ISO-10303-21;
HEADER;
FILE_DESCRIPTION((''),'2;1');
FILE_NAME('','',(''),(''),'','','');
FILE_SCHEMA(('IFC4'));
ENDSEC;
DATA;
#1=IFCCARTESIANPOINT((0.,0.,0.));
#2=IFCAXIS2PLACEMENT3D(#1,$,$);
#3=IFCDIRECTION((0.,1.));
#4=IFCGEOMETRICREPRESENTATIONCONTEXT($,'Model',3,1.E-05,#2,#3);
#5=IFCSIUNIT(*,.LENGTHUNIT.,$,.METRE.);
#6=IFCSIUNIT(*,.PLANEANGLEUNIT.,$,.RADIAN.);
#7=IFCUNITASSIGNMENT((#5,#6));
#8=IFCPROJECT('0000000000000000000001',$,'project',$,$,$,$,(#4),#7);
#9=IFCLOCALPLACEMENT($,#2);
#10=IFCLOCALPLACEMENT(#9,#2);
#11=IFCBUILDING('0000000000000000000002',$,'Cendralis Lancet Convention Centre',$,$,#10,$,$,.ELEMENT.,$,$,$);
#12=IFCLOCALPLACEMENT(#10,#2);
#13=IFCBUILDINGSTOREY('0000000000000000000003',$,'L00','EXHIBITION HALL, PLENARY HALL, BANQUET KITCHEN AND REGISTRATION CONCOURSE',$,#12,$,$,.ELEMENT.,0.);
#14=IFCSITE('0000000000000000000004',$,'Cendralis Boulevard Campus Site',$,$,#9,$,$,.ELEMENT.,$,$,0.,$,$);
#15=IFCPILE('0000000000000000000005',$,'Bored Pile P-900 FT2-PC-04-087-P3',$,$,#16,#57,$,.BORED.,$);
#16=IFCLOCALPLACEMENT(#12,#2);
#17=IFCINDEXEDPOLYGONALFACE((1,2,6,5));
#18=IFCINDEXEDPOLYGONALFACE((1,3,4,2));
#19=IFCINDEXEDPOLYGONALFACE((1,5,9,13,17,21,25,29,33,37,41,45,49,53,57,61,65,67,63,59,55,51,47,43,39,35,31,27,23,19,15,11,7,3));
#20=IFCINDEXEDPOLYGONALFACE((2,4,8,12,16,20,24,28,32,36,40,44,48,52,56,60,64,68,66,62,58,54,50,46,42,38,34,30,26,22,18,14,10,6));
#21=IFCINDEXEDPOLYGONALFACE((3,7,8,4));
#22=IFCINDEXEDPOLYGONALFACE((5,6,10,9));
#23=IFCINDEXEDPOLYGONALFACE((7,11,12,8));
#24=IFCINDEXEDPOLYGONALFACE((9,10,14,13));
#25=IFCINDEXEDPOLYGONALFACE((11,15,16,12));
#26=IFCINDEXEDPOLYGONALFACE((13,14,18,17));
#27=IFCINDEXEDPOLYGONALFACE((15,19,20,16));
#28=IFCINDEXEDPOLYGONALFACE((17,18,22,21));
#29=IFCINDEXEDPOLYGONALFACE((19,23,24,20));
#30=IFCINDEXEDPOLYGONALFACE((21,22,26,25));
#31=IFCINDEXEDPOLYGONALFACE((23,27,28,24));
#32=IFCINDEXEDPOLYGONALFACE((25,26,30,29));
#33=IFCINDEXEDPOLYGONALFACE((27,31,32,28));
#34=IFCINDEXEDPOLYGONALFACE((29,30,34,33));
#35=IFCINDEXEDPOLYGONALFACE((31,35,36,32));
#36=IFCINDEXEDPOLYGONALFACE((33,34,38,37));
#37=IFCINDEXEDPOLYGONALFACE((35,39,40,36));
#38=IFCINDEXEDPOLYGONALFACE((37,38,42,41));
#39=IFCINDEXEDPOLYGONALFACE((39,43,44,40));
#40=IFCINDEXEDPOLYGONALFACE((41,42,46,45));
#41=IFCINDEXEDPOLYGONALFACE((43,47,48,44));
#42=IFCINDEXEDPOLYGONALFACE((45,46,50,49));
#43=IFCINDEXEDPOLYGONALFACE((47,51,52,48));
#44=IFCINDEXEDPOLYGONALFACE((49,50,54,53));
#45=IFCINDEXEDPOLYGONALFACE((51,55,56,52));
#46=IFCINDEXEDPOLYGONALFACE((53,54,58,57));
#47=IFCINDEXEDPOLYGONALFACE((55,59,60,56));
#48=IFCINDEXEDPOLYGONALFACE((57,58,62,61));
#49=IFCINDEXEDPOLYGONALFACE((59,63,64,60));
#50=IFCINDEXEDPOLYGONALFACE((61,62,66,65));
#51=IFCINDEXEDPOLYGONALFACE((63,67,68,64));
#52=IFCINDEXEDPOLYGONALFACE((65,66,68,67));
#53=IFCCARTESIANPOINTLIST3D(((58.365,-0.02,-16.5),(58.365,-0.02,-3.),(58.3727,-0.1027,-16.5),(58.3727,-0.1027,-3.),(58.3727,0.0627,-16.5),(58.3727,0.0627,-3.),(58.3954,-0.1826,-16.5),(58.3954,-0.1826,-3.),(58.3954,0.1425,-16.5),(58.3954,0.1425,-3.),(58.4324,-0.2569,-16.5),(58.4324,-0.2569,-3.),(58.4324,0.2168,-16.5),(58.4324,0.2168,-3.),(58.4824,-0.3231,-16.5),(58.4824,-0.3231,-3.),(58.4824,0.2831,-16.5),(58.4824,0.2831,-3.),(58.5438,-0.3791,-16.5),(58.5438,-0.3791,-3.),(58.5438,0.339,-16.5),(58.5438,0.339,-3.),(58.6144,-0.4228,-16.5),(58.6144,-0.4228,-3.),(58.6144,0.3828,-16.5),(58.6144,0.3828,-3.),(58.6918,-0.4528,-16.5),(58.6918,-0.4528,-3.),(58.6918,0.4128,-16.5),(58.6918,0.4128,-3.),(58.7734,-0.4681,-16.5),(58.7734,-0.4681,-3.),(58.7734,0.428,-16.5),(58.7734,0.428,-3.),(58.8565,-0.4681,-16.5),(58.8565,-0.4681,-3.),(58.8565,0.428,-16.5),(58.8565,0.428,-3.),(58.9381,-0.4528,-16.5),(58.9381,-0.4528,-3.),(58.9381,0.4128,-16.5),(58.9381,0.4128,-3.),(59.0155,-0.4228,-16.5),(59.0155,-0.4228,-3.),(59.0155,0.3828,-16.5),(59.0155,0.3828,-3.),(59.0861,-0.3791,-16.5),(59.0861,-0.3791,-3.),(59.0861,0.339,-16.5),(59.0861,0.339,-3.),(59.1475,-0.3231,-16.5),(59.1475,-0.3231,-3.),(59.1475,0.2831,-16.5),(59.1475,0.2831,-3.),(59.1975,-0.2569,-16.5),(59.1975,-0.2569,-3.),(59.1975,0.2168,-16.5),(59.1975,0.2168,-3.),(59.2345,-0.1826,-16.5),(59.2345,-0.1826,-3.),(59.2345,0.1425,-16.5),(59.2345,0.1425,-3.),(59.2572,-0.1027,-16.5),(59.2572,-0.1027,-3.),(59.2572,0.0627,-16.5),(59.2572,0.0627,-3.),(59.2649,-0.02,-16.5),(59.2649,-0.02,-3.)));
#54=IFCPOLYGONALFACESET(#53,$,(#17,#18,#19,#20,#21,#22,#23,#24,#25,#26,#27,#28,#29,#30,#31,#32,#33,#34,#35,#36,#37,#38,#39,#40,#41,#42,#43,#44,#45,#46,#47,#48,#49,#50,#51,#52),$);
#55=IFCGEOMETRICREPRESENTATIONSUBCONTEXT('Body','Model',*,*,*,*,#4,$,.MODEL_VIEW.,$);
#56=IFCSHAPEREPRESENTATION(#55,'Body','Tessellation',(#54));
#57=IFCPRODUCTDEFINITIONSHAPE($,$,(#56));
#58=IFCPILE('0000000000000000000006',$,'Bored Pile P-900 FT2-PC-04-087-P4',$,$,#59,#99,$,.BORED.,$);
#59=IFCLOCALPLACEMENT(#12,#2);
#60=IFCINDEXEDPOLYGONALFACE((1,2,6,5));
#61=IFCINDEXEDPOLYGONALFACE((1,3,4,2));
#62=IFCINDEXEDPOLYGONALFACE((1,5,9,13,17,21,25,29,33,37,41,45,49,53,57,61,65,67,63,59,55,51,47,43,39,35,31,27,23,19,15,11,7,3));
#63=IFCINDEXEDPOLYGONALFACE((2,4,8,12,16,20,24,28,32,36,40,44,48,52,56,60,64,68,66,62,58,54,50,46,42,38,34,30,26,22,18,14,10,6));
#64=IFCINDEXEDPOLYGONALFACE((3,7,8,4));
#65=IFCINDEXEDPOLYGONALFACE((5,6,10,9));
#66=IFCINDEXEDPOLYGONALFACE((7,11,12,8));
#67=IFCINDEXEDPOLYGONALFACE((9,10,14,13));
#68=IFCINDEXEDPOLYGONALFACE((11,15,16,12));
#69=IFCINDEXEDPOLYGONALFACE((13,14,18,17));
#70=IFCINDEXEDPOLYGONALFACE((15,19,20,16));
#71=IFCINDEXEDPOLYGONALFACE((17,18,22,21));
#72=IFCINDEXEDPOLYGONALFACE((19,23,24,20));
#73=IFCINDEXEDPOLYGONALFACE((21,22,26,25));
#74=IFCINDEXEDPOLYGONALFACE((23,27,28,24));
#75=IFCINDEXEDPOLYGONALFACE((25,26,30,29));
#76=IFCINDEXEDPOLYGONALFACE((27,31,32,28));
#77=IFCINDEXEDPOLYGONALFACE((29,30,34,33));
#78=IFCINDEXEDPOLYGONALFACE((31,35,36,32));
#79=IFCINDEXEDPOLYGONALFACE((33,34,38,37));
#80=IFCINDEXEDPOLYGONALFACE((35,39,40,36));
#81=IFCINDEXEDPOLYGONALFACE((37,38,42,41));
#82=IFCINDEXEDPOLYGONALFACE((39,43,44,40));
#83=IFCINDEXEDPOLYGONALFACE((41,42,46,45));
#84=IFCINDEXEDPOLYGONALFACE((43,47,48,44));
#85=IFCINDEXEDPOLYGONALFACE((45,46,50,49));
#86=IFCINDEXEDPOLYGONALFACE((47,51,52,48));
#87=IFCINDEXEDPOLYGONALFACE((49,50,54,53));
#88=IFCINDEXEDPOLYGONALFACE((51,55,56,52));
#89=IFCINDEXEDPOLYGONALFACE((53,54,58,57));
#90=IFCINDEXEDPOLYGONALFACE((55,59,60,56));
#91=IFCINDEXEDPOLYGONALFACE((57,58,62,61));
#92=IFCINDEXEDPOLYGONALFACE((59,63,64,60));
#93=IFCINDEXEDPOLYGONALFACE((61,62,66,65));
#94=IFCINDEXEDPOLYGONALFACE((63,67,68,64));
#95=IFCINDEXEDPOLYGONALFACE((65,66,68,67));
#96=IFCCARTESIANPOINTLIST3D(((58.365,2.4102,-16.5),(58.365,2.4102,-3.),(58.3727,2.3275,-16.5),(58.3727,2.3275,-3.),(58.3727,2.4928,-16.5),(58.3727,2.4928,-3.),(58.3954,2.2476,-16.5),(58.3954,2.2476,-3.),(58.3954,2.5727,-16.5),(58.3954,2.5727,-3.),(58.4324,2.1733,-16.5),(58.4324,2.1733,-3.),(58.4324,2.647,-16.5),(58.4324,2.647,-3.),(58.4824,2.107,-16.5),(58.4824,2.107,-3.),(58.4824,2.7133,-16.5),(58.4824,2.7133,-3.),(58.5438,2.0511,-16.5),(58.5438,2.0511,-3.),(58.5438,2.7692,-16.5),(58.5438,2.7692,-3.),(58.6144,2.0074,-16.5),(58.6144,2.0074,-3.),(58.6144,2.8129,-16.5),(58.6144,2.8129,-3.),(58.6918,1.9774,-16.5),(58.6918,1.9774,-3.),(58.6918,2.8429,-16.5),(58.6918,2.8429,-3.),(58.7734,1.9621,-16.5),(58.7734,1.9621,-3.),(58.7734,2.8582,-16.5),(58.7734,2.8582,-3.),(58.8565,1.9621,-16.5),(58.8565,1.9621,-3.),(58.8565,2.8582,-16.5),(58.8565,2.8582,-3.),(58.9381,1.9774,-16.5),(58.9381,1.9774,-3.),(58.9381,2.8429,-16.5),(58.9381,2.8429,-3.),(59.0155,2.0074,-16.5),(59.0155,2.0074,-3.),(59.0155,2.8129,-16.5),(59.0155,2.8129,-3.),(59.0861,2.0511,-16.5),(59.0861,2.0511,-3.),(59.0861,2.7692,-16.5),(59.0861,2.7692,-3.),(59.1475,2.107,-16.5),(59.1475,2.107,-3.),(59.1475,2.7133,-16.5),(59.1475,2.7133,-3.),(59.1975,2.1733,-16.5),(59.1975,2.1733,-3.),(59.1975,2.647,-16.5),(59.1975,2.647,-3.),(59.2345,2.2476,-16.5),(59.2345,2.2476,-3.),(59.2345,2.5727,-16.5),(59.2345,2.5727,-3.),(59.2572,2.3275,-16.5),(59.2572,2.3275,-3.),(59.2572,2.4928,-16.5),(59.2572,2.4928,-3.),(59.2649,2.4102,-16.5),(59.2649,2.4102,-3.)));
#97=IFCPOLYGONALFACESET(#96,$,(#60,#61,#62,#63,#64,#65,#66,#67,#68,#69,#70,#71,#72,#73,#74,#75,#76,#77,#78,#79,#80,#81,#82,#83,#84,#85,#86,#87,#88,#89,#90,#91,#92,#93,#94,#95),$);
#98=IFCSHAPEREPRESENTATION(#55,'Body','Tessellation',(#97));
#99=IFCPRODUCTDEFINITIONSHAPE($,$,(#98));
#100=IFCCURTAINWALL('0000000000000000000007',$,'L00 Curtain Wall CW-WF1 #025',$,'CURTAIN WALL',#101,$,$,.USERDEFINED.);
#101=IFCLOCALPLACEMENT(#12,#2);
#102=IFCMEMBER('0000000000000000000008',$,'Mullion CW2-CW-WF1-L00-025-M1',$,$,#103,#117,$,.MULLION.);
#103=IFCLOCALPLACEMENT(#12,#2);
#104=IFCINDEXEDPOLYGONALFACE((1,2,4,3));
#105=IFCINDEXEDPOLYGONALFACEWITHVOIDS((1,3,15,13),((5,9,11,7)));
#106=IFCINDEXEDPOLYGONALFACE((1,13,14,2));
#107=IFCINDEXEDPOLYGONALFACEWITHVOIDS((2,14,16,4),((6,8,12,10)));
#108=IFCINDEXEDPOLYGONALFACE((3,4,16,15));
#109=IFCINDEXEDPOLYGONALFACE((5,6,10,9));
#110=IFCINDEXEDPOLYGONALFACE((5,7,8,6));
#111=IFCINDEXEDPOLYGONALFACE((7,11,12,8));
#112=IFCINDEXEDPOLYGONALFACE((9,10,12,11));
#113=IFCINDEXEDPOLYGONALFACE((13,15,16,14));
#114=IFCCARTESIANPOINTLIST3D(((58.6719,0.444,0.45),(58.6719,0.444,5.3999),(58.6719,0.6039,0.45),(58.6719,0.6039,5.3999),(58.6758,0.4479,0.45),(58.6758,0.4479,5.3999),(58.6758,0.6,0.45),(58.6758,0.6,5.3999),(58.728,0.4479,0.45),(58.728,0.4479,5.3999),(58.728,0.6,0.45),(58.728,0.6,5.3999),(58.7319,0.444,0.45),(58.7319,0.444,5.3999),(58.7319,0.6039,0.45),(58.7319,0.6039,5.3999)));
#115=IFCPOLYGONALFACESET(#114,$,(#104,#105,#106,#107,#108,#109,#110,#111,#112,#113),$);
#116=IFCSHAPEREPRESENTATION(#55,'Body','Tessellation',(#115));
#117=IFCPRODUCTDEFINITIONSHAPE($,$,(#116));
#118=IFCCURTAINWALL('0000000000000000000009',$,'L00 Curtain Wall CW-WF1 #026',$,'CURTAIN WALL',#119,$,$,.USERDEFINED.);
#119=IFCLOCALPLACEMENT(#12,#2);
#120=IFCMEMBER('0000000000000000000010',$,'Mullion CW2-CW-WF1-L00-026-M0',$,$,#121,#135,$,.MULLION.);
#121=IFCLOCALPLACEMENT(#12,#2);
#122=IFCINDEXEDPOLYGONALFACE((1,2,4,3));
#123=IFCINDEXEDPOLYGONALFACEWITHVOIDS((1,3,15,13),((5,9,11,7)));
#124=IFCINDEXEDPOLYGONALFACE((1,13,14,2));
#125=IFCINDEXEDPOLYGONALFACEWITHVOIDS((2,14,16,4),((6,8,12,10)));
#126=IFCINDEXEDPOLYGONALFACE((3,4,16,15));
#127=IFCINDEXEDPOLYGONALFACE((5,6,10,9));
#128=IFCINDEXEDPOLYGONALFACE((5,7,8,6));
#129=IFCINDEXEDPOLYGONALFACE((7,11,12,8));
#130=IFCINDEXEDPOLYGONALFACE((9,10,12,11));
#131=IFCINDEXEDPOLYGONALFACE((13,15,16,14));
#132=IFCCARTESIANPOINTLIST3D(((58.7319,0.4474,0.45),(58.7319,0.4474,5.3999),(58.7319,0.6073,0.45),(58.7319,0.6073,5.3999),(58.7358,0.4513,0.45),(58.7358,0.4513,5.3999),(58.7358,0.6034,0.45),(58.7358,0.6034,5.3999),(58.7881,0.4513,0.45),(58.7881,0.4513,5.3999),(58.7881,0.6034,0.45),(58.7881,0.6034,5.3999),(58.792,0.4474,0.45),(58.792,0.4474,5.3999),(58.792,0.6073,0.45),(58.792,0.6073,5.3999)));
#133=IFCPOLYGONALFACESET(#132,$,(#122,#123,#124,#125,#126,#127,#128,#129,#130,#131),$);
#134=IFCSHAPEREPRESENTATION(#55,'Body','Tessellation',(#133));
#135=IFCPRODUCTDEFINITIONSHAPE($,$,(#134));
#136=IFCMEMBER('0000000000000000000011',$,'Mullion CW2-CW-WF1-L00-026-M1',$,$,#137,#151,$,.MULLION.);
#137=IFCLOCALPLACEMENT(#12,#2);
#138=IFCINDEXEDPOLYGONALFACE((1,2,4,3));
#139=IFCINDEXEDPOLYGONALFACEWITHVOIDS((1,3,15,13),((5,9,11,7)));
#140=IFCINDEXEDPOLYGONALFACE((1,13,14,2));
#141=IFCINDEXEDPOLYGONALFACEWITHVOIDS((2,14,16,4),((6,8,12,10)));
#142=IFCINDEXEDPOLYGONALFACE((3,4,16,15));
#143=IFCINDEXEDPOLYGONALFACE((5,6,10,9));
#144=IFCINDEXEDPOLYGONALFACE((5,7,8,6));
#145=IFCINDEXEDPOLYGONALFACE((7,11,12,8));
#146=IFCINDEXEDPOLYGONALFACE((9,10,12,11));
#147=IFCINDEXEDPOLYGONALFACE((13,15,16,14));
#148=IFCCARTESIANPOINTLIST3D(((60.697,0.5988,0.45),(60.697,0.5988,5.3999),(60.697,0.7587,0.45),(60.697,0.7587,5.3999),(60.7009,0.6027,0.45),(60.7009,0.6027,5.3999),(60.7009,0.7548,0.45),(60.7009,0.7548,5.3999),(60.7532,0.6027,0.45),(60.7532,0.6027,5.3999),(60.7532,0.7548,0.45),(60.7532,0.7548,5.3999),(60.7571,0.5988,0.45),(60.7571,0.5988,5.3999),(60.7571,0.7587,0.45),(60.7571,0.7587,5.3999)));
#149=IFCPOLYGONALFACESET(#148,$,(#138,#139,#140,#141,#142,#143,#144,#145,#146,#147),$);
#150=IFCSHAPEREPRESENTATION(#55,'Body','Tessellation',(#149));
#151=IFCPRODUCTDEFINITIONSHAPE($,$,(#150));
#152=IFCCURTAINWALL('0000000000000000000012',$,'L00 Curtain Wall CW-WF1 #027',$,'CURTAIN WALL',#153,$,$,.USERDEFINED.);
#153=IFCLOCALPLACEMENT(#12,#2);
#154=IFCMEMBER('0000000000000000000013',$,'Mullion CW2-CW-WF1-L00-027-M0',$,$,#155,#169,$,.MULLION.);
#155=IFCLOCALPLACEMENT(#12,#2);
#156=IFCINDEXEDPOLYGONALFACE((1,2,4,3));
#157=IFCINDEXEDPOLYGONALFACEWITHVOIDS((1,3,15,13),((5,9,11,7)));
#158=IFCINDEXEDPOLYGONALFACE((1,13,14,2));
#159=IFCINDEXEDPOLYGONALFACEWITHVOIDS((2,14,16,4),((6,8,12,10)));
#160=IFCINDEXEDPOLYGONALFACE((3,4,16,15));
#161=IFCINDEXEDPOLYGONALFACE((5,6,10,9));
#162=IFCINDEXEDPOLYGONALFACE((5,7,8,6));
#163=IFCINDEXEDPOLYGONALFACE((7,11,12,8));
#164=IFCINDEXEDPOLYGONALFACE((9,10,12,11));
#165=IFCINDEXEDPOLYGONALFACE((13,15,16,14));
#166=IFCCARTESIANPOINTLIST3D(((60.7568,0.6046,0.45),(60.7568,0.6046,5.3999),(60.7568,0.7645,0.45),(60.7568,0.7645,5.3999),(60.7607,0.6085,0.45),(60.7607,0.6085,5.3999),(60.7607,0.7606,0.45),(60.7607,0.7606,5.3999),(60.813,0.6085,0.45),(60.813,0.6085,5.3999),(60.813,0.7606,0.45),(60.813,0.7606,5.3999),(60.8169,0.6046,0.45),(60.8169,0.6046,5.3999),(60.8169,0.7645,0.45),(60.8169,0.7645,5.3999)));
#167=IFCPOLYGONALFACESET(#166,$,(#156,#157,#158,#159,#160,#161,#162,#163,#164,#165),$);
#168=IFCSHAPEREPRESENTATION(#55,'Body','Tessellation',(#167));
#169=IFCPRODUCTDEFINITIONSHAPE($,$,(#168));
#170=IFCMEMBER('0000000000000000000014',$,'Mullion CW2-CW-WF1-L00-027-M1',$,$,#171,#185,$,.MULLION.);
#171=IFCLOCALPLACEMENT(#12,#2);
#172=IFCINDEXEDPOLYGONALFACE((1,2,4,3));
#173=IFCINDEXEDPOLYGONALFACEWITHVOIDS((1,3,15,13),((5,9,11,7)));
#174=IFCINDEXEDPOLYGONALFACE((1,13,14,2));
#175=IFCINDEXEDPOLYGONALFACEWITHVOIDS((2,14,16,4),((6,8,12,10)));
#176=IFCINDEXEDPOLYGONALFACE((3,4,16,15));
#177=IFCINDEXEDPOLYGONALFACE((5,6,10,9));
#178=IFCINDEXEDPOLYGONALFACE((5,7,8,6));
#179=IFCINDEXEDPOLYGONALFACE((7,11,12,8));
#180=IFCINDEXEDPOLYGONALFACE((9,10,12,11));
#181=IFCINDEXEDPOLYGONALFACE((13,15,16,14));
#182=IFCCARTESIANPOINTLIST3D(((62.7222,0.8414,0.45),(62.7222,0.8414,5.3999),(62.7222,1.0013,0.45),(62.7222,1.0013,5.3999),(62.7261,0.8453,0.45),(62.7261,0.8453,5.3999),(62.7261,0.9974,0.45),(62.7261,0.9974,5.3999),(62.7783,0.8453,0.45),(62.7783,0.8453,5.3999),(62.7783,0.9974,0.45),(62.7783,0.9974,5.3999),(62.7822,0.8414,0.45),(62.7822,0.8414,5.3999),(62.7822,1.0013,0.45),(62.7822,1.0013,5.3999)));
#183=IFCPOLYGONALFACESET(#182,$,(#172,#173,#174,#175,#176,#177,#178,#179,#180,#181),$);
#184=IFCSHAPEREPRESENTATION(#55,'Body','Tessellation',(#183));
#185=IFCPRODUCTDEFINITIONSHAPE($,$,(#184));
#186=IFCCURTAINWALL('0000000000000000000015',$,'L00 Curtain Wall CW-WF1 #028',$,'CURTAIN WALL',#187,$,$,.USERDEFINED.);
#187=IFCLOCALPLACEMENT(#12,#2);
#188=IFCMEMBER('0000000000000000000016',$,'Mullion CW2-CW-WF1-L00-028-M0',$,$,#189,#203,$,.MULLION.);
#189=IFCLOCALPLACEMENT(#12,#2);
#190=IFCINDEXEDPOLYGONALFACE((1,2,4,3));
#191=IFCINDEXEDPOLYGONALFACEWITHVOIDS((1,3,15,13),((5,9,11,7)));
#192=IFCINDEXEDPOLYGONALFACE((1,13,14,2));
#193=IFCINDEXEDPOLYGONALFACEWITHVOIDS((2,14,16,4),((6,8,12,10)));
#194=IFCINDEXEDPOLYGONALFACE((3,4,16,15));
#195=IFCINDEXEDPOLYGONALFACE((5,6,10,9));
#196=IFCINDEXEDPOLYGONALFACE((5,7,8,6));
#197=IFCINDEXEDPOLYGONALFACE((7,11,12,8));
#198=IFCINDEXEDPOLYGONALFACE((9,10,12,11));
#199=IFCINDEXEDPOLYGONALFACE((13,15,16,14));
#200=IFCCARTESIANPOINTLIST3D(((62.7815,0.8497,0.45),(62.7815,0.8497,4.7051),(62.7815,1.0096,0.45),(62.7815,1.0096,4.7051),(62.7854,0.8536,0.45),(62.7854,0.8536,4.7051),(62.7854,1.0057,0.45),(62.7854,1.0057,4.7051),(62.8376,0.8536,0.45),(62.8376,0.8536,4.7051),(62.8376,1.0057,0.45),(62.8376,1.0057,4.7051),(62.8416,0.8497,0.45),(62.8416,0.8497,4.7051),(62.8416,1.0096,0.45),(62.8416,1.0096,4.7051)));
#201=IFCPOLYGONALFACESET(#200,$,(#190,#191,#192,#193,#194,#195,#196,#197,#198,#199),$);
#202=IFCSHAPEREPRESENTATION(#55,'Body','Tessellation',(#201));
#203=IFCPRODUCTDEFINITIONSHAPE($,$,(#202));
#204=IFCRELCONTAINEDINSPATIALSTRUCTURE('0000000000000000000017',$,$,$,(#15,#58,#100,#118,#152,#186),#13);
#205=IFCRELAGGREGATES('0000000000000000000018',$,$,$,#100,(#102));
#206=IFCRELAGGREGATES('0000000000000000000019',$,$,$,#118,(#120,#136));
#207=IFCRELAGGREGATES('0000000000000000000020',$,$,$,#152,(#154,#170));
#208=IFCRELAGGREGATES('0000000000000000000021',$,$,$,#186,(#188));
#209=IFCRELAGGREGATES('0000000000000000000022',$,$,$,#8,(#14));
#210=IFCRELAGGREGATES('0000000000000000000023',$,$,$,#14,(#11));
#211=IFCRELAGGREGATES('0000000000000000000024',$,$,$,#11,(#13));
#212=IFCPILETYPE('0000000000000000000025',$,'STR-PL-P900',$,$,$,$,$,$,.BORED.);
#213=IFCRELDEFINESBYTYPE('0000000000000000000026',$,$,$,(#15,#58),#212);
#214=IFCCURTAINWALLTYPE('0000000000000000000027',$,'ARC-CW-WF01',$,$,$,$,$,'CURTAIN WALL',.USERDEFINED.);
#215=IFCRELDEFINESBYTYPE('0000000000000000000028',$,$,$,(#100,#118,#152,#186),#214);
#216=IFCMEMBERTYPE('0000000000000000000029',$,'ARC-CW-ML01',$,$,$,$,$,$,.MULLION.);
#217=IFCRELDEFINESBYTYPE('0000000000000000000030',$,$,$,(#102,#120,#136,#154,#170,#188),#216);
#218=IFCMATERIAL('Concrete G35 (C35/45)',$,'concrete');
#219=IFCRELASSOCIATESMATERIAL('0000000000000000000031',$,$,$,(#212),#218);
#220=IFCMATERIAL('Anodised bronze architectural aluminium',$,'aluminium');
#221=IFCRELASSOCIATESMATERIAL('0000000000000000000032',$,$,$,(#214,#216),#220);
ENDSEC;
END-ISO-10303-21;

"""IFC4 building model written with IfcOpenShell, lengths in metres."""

from ifc_helpers import new_model, si_unit, direction, frame, origin, origin_2d, place, context, subcontext, project, spatial, hollow_rectangle, circle, extrude, material, material_profile, profile_set, type_object, element, aggregate, save


model = new_model("IFC4")

# Units and contexts
model_context = context("Model", 3, precision=1e-05, world=origin(), true_north=direction((0.0, 1.0)))
body_context = subcontext(model_context, "Body", "Model", "MODEL_VIEW")
ifc_project = project(units=[si_unit("LENGTHUNIT", "METRE"), si_unit("PLANEANGLEUNIT", "RADIAN")], contexts=[model_context])

# Site, building, storey
site_placement = place(None, origin())
site = spatial("IfcSite", under=ifc_project, at=site_placement, Name="Cendralis Boulevard Campus Site", CompositionType="ELEMENT", RefElevation=0.0)
building_placement = place(site_placement, origin())
building = spatial("IfcBuilding", under=site, at=building_placement, Name="Cendralis Lancet Convention Centre", CompositionType="ELEMENT")
storey_placement = place(building_placement, origin())
storey = spatial("IfcBuildingStorey", under=building, at=storey_placement, Name="L00", Description="EXHIBITION HALL, PLENARY HALL, BANQUET KITCHEN AND REGISTRATION CONCOURSE", CompositionType="ELEMENT", Elevation=0.0)

# Piles
ifc_material_1 = material(Name="Concrete G35 (C35/45)", Category="concrete")
ifc_material_profile_1 = material_profile(ifc_material_1, circle(Radius=0.45, at=origin_2d()), Name="BORED PILE D900")
ifc_profile_set_1 = profile_set([ifc_material_profile_1], Name="Concrete G35 (C35/45)")
pile_type = type_object("IfcPileType", Name="STR-PL-P900", PredefinedType="BORED", material=ifc_profile_set_1)
for number, where, z_axis, x_axis, name in (
    (1, (58.8149, -0.02, -3.0), (0.0, 0.0, -1.0), (1.0, 0.0, 0.0), "Bored Pile P-900 FT2-PC-04-087-P3"),
    (2, (58.8149, 2.4102, -3.0), (0.0, 0.0, -1.0), (1.0, 0.0, 0.0), "Bored Pile P-900 FT2-PC-04-087-P4"),
):
    element("IfcPile", number, at=place(storey_placement, frame(where, z_axis=z_axis, x_axis=x_axis)), inside=storey, type_object=pile_type, Name=name, PredefinedType="BORED", context=body_context, shape_type="SweptSolid", body=[
        extrude(circle(Radius=0.45, at=origin_2d()), origin(), (0.0, 0.0, 1.0), 13.5),
    ])

# Curtain wall, member
ifc_material_2 = material(Name="Anodised bronze architectural aluminium", Category="aluminium")
curtain_wall_type = type_object("IfcCurtainWallType", Name="ARC-CW-WF01", ElementType="CURTAIN WALL", PredefinedType="USERDEFINED", material=ifc_material_2)
curtain_wall_1_placement = place(storey_placement, origin())
curtain_wall_1 = element("IfcCurtainWall", 3, at=curtain_wall_1_placement, inside=storey, type_object=curtain_wall_type, Name="L00 Curtain Wall CW-WF1 #025", ObjectType="CURTAIN WALL", PredefinedType="USERDEFINED")
ifc_material_profile_2 = material_profile(ifc_material_2, hollow_rectangle(XDim=0.0601, YDim=0.1599, WallThickness=0.0039, at=origin_2d()), Name="AL-MULL 60x160x4.0")
ifc_profile_set_2 = profile_set([ifc_material_profile_2], Name="Anodised bronze architectural aluminium")
member_type_1 = type_object("IfcMemberType", Name="ARC-CW-ML01", PredefinedType="MULLION", material=ifc_profile_set_2)
member_1_placement = place(storey_placement, frame((58.7019, 0.5239, 0.45), z_axis=(0.0, 0.0, 1.0), x_axis=(1.0, 0.0, 0.0)))
member_1 = element("IfcMember", 4, at=member_1_placement, type_object=member_type_1, Name="Mullion CW2-CW-WF1-L00-025-M1", PredefinedType="MULLION", context=body_context, shape_type="SweptSolid", body=[
    extrude(hollow_rectangle(XDim=0.0601, YDim=0.1599, WallThickness=0.0039, at=origin_2d()), origin(), (0.0, 0.0, 1.0), 4.95),
])
aggregate(curtain_wall_1, [member_1])

# Curtain walls, members
curtain_wall_2_placement = place(storey_placement, origin())
curtain_wall_2 = element("IfcCurtainWall", 5, at=curtain_wall_2_placement, inside=storey, type_object=curtain_wall_type, Name="L00 Curtain Wall CW-WF1 #026", ObjectType="CURTAIN WALL", PredefinedType="USERDEFINED")
member_2_placement = place(storey_placement, frame((58.762, 0.5273, 0.45), z_axis=(0.0, 0.0, 1.0), x_axis=(1.0, 0.0, 0.0)))
member_2 = element("IfcMember", 6, at=member_2_placement, type_object=member_type_1, Name="Mullion CW2-CW-WF1-L00-026-M0", PredefinedType="MULLION", context=body_context, shape_type="SweptSolid", body=[
    extrude(hollow_rectangle(XDim=0.0601, YDim=0.1599, WallThickness=0.0039, at=origin_2d()), origin(), (0.0, 0.0, 1.0), 4.95),
])
member_3_placement = place(storey_placement, frame((60.7271, 0.6787, 0.45), z_axis=(0.0, 0.0, 1.0), x_axis=(1.0, 0.0, 0.0)))
member_3 = element("IfcMember", 7, at=member_3_placement, type_object=member_type_1, Name="Mullion CW2-CW-WF1-L00-026-M1", PredefinedType="MULLION", context=body_context, shape_type="SweptSolid", body=[
    extrude(hollow_rectangle(XDim=0.0601, YDim=0.1599, WallThickness=0.0039, at=origin_2d()), origin(), (0.0, 0.0, 1.0), 4.95),
])
curtain_wall_3_placement = place(storey_placement, origin())
curtain_wall_3 = element("IfcCurtainWall", 8, at=curtain_wall_3_placement, inside=storey, type_object=curtain_wall_type, Name="L00 Curtain Wall CW-WF1 #027", ObjectType="CURTAIN WALL", PredefinedType="USERDEFINED")
member_4_placement = place(storey_placement, frame((60.7869, 0.6846, 0.45), z_axis=(0.0, 0.0, 1.0), x_axis=(1.0, 0.0, 0.0)))
member_4 = element("IfcMember", 9, at=member_4_placement, type_object=member_type_1, Name="Mullion CW2-CW-WF1-L00-027-M0", PredefinedType="MULLION", context=body_context, shape_type="SweptSolid", body=[
    extrude(hollow_rectangle(XDim=0.0601, YDim=0.1599, WallThickness=0.0039, at=origin_2d()), origin(), (0.0, 0.0, 1.0), 4.95),
])
member_5_placement = place(storey_placement, frame((62.7522, 0.9214, 0.45), z_axis=(0.0, 0.0, 1.0), x_axis=(1.0, 0.0, 0.0)))
member_5 = element("IfcMember", 10, at=member_5_placement, type_object=member_type_1, Name="Mullion CW2-CW-WF1-L00-027-M1", PredefinedType="MULLION", context=body_context, shape_type="SweptSolid", body=[
    extrude(hollow_rectangle(XDim=0.0601, YDim=0.1599, WallThickness=0.0039, at=origin_2d()), origin(), (0.0, 0.0, 1.0), 4.95),
])
curtain_wall_4_placement = place(storey_placement, origin())
curtain_wall_4 = element("IfcCurtainWall", 11, at=curtain_wall_4_placement, inside=storey, type_object=curtain_wall_type, Name="L00 Curtain Wall CW-WF1 #028", ObjectType="CURTAIN WALL", PredefinedType="USERDEFINED")
member_6_placement = place(storey_placement, frame((62.8115, 0.9297, 0.45), z_axis=(0.0, 0.0, 1.0), x_axis=(1.0, 0.0, 0.0)))
member_6 = element("IfcMember", 12, at=member_6_placement, type_object=member_type_1, Name="Mullion CW2-CW-WF1-L00-028-M0", PredefinedType="MULLION", context=body_context, shape_type="SweptSolid", body=[
    extrude(hollow_rectangle(XDim=0.0601, YDim=0.1599, WallThickness=0.0039, at=origin_2d()), origin(), (0.0, 0.0, 1.0), 4.2551),
])

aggregate(curtain_wall_2, [member_2, member_3])
aggregate(curtain_wall_3, [member_4, member_5])
aggregate(curtain_wall_4, [member_6])

save(model, "model.ifc")
